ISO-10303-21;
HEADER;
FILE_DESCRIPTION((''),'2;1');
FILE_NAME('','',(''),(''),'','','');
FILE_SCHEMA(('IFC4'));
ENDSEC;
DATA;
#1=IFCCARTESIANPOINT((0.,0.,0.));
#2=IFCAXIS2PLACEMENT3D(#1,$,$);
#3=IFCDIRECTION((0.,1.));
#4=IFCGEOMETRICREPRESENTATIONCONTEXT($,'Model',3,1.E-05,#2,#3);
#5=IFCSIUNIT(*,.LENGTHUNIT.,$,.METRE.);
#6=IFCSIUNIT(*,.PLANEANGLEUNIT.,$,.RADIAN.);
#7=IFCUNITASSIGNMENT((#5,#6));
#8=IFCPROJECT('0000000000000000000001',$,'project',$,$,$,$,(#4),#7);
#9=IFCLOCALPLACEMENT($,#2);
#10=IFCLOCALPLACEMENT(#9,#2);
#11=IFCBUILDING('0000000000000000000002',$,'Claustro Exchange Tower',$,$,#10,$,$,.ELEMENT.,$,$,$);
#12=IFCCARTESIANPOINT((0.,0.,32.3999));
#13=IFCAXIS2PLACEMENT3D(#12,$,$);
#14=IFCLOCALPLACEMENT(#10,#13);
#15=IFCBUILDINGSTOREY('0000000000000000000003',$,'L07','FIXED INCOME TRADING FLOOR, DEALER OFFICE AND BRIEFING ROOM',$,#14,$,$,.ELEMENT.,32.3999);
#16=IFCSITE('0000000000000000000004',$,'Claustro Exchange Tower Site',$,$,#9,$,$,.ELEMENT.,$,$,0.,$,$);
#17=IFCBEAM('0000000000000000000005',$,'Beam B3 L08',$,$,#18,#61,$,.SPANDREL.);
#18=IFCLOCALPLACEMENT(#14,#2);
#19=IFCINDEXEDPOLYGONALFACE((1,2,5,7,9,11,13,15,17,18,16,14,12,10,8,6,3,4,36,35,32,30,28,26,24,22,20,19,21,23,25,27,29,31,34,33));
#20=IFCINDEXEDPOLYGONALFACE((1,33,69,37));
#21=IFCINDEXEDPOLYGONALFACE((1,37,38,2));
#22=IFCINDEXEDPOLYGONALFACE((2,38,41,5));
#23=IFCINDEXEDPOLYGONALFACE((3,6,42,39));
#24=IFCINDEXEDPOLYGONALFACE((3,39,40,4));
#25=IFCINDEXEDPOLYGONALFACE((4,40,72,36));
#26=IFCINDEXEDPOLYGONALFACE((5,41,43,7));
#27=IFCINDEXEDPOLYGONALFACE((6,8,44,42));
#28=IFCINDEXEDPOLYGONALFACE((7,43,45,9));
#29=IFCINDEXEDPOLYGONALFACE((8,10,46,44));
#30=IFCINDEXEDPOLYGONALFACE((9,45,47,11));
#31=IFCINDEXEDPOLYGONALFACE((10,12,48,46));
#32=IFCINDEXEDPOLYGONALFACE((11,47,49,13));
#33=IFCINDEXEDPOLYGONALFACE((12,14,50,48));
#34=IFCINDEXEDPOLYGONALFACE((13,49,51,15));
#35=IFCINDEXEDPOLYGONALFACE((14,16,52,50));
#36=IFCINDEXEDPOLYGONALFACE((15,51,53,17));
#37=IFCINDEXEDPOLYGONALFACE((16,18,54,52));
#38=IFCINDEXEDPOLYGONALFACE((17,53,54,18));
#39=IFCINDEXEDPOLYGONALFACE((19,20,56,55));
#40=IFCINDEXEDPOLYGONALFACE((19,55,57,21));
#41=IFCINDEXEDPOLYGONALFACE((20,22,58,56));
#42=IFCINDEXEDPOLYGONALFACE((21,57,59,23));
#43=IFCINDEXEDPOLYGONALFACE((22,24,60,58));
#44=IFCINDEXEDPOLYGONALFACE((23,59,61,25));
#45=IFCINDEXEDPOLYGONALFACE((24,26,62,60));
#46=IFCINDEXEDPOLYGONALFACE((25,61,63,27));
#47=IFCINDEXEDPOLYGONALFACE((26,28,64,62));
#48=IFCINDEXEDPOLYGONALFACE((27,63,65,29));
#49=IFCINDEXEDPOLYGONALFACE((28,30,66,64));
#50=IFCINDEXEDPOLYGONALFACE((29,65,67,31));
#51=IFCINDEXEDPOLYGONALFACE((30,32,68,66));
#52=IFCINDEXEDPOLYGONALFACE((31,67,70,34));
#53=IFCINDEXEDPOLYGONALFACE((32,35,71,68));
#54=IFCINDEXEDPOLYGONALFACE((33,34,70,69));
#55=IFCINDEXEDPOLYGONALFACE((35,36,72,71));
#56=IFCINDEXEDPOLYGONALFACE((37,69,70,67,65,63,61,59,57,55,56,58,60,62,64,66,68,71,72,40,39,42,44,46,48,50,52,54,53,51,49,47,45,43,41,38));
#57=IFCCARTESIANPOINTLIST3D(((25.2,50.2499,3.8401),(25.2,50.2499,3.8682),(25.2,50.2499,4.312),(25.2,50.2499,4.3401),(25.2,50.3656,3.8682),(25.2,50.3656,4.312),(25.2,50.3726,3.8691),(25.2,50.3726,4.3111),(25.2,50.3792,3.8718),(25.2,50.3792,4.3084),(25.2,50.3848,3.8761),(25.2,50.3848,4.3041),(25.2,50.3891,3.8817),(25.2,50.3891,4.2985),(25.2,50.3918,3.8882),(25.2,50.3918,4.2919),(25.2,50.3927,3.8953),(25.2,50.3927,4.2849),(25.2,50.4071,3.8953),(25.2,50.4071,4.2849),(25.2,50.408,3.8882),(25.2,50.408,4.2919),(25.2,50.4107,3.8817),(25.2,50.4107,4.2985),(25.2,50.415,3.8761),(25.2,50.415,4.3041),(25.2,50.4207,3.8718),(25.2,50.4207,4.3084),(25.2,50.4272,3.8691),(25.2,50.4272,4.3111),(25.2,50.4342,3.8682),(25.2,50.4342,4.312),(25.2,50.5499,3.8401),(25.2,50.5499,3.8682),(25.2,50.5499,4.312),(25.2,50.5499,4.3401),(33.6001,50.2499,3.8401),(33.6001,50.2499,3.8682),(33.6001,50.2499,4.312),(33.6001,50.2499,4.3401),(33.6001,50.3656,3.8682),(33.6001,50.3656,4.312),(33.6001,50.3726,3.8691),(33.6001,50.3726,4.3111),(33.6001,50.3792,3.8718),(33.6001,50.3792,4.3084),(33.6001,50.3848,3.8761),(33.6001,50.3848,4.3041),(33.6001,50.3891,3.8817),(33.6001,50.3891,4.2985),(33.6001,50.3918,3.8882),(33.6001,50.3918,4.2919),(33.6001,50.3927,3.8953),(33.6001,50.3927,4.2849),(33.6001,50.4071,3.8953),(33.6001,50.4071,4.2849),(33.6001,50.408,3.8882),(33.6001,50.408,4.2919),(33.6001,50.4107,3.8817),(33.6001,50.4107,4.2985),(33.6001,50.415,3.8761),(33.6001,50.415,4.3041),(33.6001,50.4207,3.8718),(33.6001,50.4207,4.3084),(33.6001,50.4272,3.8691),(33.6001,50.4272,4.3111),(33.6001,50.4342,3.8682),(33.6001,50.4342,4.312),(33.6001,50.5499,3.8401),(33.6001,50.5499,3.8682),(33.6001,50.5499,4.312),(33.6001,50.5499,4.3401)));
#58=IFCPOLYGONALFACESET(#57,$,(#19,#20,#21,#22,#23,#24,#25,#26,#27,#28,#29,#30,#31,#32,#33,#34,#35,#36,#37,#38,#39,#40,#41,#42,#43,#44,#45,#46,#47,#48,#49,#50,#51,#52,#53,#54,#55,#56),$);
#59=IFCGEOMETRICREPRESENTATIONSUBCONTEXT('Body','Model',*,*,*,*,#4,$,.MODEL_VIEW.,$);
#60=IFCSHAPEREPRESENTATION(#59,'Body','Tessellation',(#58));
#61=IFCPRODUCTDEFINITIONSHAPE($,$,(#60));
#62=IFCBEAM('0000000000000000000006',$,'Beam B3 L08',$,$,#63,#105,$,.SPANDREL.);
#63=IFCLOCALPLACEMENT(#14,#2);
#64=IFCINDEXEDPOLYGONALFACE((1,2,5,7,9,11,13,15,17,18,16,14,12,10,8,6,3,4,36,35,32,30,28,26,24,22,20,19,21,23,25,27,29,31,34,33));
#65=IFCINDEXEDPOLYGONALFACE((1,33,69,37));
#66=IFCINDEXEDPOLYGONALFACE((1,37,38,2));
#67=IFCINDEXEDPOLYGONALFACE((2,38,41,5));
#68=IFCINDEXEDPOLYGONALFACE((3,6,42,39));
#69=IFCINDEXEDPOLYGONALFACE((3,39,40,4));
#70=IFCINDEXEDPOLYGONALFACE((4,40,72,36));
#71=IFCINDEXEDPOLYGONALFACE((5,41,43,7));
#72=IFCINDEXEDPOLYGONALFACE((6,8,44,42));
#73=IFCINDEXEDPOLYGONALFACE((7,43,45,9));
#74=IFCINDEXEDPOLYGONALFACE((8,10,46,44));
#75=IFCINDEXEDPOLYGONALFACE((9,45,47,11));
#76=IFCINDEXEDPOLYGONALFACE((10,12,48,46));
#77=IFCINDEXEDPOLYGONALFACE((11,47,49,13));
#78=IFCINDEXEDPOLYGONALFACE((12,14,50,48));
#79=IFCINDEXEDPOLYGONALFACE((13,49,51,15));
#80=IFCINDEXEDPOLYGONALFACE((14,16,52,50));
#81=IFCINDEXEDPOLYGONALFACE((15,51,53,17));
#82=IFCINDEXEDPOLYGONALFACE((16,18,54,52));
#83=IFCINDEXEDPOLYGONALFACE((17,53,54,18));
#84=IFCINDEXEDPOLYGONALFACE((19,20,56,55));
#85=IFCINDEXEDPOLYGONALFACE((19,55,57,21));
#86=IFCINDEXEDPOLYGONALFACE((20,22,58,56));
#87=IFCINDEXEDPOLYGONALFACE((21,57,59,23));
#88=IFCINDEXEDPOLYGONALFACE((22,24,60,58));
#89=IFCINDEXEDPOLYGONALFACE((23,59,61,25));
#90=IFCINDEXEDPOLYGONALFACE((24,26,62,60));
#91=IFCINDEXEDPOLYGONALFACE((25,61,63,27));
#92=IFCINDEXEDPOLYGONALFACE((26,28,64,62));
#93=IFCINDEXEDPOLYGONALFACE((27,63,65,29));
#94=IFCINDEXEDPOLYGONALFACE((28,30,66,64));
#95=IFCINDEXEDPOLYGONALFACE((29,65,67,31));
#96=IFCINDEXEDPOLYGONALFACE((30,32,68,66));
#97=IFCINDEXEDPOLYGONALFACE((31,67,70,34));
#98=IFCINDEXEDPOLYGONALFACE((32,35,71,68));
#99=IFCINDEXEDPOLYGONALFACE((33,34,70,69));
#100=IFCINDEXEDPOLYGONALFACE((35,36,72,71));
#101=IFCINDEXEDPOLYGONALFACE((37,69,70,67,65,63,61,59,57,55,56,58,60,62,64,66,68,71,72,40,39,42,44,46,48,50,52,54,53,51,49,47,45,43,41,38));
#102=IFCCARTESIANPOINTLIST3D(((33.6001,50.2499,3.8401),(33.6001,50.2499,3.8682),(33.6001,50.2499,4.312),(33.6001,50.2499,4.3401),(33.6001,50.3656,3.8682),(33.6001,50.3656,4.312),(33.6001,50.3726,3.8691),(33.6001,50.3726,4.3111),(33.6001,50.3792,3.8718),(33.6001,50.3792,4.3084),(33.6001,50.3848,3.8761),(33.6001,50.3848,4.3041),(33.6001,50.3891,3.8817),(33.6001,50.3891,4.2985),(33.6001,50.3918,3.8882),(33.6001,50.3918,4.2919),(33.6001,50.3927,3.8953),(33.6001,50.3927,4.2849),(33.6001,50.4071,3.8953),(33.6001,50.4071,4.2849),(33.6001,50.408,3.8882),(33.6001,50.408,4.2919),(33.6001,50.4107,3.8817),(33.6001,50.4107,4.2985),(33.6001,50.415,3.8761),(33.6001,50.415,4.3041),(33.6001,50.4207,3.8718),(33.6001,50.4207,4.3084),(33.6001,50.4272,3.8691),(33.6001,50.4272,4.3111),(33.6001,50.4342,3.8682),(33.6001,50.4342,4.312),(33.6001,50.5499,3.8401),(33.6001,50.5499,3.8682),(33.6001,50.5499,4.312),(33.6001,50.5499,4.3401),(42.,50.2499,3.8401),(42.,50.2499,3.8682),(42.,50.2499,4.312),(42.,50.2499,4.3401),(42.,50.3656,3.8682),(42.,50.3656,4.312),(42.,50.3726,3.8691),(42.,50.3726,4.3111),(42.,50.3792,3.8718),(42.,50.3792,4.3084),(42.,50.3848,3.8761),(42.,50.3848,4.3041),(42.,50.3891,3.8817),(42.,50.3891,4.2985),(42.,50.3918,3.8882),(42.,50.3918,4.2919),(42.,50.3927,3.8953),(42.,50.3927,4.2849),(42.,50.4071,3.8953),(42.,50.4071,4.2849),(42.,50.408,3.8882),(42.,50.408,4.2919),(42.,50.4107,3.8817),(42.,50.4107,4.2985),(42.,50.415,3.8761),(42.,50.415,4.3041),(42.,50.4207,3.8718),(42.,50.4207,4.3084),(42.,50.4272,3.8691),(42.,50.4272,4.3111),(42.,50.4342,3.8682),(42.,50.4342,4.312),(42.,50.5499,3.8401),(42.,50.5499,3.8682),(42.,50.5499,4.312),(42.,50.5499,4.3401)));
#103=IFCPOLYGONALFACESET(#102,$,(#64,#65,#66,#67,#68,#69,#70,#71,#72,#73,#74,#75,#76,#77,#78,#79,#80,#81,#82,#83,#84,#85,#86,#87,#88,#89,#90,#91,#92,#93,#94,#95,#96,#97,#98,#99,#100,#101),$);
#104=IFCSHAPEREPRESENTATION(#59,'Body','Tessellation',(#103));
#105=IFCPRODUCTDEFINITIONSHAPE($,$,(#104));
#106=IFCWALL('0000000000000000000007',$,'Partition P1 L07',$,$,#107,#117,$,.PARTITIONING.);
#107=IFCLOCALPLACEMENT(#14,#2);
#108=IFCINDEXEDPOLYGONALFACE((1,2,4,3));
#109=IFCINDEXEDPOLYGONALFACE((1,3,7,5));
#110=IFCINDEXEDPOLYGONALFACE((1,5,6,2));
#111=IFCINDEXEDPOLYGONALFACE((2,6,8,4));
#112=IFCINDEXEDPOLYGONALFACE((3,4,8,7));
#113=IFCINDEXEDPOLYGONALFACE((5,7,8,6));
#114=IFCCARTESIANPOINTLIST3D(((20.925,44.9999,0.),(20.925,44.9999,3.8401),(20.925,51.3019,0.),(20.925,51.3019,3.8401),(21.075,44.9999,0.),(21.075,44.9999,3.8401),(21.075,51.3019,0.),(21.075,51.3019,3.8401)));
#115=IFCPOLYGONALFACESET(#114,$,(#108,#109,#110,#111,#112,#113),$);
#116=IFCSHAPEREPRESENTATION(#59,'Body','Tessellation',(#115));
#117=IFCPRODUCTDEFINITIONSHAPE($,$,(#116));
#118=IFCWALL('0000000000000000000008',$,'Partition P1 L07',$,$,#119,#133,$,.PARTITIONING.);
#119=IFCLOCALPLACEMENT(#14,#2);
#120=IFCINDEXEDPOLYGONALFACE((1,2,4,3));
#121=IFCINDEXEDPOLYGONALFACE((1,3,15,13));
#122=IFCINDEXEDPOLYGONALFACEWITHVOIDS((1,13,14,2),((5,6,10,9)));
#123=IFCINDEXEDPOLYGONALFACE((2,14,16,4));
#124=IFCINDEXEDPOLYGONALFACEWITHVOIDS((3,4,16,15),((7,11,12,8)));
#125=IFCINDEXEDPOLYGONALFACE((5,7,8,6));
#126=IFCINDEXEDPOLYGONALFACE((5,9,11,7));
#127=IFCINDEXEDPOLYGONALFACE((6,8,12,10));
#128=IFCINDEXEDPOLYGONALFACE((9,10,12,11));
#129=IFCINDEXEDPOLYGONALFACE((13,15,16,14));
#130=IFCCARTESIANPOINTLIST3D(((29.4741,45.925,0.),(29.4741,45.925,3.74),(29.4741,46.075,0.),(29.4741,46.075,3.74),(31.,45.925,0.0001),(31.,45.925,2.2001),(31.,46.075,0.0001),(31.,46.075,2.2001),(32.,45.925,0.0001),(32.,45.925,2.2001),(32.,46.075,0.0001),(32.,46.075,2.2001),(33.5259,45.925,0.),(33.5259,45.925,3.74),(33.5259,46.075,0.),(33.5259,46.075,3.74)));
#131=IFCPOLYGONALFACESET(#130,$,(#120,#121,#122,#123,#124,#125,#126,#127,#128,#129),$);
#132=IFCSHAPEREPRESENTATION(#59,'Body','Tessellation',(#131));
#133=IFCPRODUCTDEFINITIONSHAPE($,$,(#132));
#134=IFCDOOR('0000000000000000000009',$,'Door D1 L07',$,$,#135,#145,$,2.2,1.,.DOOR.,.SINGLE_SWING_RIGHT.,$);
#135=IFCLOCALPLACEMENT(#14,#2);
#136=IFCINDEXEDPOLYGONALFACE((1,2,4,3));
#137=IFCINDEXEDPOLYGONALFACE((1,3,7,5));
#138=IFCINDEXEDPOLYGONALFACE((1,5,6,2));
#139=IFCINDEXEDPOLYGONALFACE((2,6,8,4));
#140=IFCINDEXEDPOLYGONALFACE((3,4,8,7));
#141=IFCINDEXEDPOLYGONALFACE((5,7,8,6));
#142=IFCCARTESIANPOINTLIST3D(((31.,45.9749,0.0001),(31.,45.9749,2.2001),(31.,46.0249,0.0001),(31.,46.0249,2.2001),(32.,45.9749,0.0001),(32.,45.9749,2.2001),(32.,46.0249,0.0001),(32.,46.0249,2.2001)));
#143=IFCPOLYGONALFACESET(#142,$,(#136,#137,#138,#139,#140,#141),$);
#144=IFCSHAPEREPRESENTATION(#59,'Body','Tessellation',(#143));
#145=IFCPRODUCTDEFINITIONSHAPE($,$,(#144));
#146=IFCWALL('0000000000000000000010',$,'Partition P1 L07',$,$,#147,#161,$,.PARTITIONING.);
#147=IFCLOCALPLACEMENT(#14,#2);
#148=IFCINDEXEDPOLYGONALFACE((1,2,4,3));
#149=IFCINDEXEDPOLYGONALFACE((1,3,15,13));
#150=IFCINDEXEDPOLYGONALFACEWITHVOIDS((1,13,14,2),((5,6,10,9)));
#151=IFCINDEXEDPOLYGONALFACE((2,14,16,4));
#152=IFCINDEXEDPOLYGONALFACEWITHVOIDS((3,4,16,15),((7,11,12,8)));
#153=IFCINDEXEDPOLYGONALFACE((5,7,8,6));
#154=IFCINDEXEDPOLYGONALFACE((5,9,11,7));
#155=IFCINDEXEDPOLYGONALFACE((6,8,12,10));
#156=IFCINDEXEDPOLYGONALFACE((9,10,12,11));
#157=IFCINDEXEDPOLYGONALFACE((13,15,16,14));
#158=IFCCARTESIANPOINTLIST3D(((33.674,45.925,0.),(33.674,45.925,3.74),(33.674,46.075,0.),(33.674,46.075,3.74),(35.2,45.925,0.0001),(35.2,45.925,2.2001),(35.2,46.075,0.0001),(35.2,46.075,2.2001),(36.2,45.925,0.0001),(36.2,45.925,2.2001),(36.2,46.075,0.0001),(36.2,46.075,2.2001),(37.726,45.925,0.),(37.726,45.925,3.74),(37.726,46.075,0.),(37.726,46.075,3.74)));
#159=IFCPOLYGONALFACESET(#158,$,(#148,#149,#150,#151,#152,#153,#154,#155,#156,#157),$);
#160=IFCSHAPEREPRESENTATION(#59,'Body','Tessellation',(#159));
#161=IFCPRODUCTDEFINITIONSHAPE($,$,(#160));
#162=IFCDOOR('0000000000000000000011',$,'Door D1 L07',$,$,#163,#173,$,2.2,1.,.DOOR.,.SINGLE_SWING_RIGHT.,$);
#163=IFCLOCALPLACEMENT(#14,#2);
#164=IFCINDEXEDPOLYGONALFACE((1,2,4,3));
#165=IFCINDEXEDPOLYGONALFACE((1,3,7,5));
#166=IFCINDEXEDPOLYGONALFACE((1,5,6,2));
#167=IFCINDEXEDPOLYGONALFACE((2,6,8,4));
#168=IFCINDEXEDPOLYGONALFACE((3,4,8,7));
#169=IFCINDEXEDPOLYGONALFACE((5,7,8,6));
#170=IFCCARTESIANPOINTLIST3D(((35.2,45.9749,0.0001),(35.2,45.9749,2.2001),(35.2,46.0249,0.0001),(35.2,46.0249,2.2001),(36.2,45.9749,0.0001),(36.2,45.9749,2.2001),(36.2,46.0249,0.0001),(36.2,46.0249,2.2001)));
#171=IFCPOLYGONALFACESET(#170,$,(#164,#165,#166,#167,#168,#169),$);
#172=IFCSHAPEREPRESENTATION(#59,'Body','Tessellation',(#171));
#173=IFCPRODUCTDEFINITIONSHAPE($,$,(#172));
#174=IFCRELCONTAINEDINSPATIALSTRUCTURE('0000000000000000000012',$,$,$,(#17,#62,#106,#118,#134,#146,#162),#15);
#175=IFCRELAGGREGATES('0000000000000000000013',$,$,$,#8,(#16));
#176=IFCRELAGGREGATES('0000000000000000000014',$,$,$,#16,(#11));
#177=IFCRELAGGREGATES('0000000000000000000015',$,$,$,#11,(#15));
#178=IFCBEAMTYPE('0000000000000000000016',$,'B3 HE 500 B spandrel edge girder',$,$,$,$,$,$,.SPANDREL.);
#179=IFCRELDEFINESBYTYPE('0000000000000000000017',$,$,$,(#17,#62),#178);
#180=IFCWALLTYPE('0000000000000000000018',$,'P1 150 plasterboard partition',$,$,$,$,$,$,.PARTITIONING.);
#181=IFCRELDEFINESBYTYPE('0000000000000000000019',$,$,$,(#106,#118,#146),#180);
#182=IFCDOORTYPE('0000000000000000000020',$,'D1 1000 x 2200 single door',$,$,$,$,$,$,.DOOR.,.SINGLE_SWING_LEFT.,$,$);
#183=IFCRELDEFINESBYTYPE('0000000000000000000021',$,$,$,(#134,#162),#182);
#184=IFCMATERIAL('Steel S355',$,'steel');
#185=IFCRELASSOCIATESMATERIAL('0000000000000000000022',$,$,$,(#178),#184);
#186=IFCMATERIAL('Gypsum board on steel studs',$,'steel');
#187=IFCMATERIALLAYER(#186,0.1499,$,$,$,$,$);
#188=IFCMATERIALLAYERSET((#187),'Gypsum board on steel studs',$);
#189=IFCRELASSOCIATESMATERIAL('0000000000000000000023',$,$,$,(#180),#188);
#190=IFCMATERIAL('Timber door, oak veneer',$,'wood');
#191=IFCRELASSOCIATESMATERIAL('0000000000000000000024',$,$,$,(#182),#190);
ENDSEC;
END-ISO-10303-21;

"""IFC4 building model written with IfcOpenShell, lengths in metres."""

from ifc_helpers import new_model, si_unit, direction, frame, frame_2d, origin, origin_2d, place, context, subcontext, project, spatial, rectangle, i_section, extrude, material, layer, layer_set, material_profile, profile_set, type_object, element, fill, save


model = new_model("IFC4")

# Units and contexts
model_context = context("Model", 3, precision=1e-05, world=origin(), true_north=direction((0.0, 1.0)))
body_context = subcontext(model_context, "Body", "Model", "MODEL_VIEW")
ifc_project = project(units=[si_unit("LENGTHUNIT", "METRE"), si_unit("PLANEANGLEUNIT", "RADIAN")], contexts=[model_context])

# Site, building, storey
site_placement = place(None, origin())
site = spatial("IfcSite", under=ifc_project, at=site_placement, Name="Claustro Exchange Tower Site", CompositionType="ELEMENT", RefElevation=0.0)
building_placement = place(site_placement, origin())
building = spatial("IfcBuilding", under=site, at=building_placement, Name="Claustro Exchange Tower", CompositionType="ELEMENT")
storey_placement = place(building_placement, frame((0.0, 0.0, 32.3999)))
storey = spatial("IfcBuildingStorey", under=building, at=storey_placement, Name="L07", Description="FIXED INCOME TRADING FLOOR, DEALER OFFICE AND BRIEFING ROOM", CompositionType="ELEMENT", Elevation=32.3999)

# Beams
ifc_material_1 = material(Name="Steel S355", Category="steel")
ifc_material_profile_1 = material_profile(ifc_material_1, i_section(OverallWidth=0.3, OverallDepth=0.5, WebThickness=0.0144, FlangeThickness=0.0281, FilletRadius=0.0271, at=origin_2d()), Name="HE 500 B")
ifc_profile_set_1 = profile_set([ifc_material_profile_1], Name="Steel S355")
beam_type_1 = type_object("IfcBeamType", Name="B3 HE 500 B spandrel edge girder", PredefinedType="SPANDREL", material=ifc_profile_set_1)
beam_1_placement = place(storey_placement, frame((25.2, 50.3999, 4.0901), z_axis=(1.0, 0.0, 0.0), x_axis=(0.0, 1.0, 0.0)))
element("IfcBeam", 1, at=beam_1_placement, inside=storey, type_object=beam_type_1, Name="Beam B3 L08", PredefinedType="SPANDREL", context=body_context, shape_type="SweptSolid", body=[
    extrude(i_section(OverallWidth=0.3, OverallDepth=0.5, WebThickness=0.0144, FlangeThickness=0.0281, FilletRadius=0.0271, at=origin_2d()), origin(), (0.0, 0.0, 1.0), 8.4001),
])
beam_2_placement = place(storey_placement, frame((33.6001, 50.3999, 4.0901), z_axis=(1.0, 0.0, 0.0), x_axis=(0.0, 1.0, 0.0)))
element("IfcBeam", 2, at=beam_2_placement, inside=storey, type_object=beam_type_1, Name="Beam B3 L08", PredefinedType="SPANDREL", context=body_context, shape_type="SweptSolid", body=[
    extrude(i_section(OverallWidth=0.3, OverallDepth=0.5, WebThickness=0.0144, FlangeThickness=0.0281, FilletRadius=0.0271, at=origin_2d()), origin(), (0.0, 0.0, 1.0), 8.3999),
])

# Wall
ifc_material_2 = material(Name="Gypsum board on steel studs", Category="steel")
ifc_layer_1 = layer(ifc_material_2, 0.1499)
ifc_layer_set_1 = layer_set([ifc_layer_1], Name="Gypsum board on steel studs")
wall_type_1 = type_object("IfcWallType", Name="P1 150 plasterboard partition", PredefinedType="PARTITIONING", material=ifc_layer_set_1)
wall_1_placement = place(storey_placement, frame((21.0, 45.0, 0.0), z_axis=(0.0, 0.0, 1.0), x_axis=(0.0, 1.0, 0.0)))
element("IfcWall", 3, at=wall_1_placement, inside=storey, type_object=wall_type_1, Name="Partition P1 L07", PredefinedType="PARTITIONING", context=body_context, shape_type="SweptSolid", body=[
    extrude(rectangle(XDim=6.302, YDim=0.1499, at=frame_2d((3.1509, 0.0))), origin(), (0.0, 0.0, 1.0), 3.8401),
])

# Walls, openings, doors
wall_2_placement = place(storey_placement, frame((29.4741, 46.0, 0.0), z_axis=(0.0, 0.0, 1.0), x_axis=(1.0, 0.0, 0.0)))
wall_2 = element("IfcWall", 4, at=wall_2_placement, inside=storey, type_object=wall_type_1, Name="Partition P1 L07", PredefinedType="PARTITIONING", context=body_context, shape_type="SweptSolid", body=[
    extrude(rectangle(XDim=4.0518, YDim=0.1499, at=frame_2d((2.0259, 0.0))), origin(), (0.0, 0.0, 1.0), 3.74),
])
opening_1_placement = place(wall_2_placement, frame((1.5259, 0.0, 0.0)))
opening_1 = element("IfcOpeningElement", 5, at=opening_1_placement, cuts=wall_2, PredefinedType="OPENING", context=body_context, shape_type="SweptSolid", body=[
    extrude(rectangle(XDim=1.0, YDim=2.2, at=frame_2d((0.5, 1.1001))), frame((0.0, 0.085, 0.0), z_axis=(0.0, -1.0, 0.0), x_axis=(1.0, 0.0, 0.0)), (0.0, 0.0, 1.0), 0.1699),
])
ifc_material_3 = material(Name="Timber door, oak veneer", Category="wood")
door_type = type_object("IfcDoorType", Name="D1 1000 x 2200 single door", OperationType="SINGLE_SWING_LEFT", PredefinedType="DOOR", material=ifc_material_3)
door_1_placement = place(opening_1_placement, origin())
door_1 = element("IfcDoor", 6, at=door_1_placement, inside=storey, type_object=door_type, Name="Door D1 L07", OperationType="SINGLE_SWING_RIGHT", OverallHeight=2.2, OverallWidth=1.0, PredefinedType="DOOR", context=body_context, shape_type="SweptSolid", body=[
    extrude(rectangle(XDim=1.0, YDim=2.2, at=frame_2d((0.5, 1.1001))), frame((0.0, 0.0249, 0.0), z_axis=(0.0, -1.0, 0.0), x_axis=(1.0, 0.0, 0.0)), (0.0, 0.0, 1.0), 0.05),
])
fill(opening_1, door_1)
wall_3_placement = place(storey_placement, frame((33.6741, 46.0, 0.0), z_axis=(0.0, 0.0, 1.0), x_axis=(1.0, 0.0, 0.0)))
wall_3 = element("IfcWall", 7, at=wall_3_placement, inside=storey, type_object=wall_type_1, Name="Partition P1 L07", PredefinedType="PARTITIONING", context=body_context, shape_type="SweptSolid", body=[
    extrude(rectangle(XDim=4.052, YDim=0.1499, at=frame_2d((2.0259, 0.0))), origin(), (0.0, 0.0, 1.0), 3.74),
])
opening_2_placement = place(wall_3_placement, frame((1.5259, 0.0, 0.0)))
opening_2 = element("IfcOpeningElement", 8, at=opening_2_placement, cuts=wall_3, PredefinedType="OPENING", context=body_context, shape_type="SweptSolid", body=[
    extrude(rectangle(XDim=1.0, YDim=2.2, at=frame_2d((0.5, 1.1001))), frame((0.0, 0.085, 0.0), z_axis=(0.0, -1.0, 0.0), x_axis=(1.0, 0.0, 0.0)), (0.0, 0.0, 1.0), 0.1699),
])
door_2_placement = place(opening_2_placement, origin())
door_2 = element("IfcDoor", 9, at=door_2_placement, inside=storey, type_object=door_type, Name="Door D1 L07", OperationType="SINGLE_SWING_RIGHT", OverallHeight=2.2, OverallWidth=1.0, PredefinedType="DOOR", context=body_context, shape_type="SweptSolid", body=[
    extrude(rectangle(XDim=1.0, YDim=2.2, at=frame_2d((0.5, 1.1001))), frame((0.0, 0.0249, 0.0), z_axis=(0.0, -1.0, 0.0), x_axis=(1.0, 0.0, 0.0)), (0.0, 0.0, 1.0), 0.05),
])
fill(opening_2, door_2)

save(model, "model.ifc")
